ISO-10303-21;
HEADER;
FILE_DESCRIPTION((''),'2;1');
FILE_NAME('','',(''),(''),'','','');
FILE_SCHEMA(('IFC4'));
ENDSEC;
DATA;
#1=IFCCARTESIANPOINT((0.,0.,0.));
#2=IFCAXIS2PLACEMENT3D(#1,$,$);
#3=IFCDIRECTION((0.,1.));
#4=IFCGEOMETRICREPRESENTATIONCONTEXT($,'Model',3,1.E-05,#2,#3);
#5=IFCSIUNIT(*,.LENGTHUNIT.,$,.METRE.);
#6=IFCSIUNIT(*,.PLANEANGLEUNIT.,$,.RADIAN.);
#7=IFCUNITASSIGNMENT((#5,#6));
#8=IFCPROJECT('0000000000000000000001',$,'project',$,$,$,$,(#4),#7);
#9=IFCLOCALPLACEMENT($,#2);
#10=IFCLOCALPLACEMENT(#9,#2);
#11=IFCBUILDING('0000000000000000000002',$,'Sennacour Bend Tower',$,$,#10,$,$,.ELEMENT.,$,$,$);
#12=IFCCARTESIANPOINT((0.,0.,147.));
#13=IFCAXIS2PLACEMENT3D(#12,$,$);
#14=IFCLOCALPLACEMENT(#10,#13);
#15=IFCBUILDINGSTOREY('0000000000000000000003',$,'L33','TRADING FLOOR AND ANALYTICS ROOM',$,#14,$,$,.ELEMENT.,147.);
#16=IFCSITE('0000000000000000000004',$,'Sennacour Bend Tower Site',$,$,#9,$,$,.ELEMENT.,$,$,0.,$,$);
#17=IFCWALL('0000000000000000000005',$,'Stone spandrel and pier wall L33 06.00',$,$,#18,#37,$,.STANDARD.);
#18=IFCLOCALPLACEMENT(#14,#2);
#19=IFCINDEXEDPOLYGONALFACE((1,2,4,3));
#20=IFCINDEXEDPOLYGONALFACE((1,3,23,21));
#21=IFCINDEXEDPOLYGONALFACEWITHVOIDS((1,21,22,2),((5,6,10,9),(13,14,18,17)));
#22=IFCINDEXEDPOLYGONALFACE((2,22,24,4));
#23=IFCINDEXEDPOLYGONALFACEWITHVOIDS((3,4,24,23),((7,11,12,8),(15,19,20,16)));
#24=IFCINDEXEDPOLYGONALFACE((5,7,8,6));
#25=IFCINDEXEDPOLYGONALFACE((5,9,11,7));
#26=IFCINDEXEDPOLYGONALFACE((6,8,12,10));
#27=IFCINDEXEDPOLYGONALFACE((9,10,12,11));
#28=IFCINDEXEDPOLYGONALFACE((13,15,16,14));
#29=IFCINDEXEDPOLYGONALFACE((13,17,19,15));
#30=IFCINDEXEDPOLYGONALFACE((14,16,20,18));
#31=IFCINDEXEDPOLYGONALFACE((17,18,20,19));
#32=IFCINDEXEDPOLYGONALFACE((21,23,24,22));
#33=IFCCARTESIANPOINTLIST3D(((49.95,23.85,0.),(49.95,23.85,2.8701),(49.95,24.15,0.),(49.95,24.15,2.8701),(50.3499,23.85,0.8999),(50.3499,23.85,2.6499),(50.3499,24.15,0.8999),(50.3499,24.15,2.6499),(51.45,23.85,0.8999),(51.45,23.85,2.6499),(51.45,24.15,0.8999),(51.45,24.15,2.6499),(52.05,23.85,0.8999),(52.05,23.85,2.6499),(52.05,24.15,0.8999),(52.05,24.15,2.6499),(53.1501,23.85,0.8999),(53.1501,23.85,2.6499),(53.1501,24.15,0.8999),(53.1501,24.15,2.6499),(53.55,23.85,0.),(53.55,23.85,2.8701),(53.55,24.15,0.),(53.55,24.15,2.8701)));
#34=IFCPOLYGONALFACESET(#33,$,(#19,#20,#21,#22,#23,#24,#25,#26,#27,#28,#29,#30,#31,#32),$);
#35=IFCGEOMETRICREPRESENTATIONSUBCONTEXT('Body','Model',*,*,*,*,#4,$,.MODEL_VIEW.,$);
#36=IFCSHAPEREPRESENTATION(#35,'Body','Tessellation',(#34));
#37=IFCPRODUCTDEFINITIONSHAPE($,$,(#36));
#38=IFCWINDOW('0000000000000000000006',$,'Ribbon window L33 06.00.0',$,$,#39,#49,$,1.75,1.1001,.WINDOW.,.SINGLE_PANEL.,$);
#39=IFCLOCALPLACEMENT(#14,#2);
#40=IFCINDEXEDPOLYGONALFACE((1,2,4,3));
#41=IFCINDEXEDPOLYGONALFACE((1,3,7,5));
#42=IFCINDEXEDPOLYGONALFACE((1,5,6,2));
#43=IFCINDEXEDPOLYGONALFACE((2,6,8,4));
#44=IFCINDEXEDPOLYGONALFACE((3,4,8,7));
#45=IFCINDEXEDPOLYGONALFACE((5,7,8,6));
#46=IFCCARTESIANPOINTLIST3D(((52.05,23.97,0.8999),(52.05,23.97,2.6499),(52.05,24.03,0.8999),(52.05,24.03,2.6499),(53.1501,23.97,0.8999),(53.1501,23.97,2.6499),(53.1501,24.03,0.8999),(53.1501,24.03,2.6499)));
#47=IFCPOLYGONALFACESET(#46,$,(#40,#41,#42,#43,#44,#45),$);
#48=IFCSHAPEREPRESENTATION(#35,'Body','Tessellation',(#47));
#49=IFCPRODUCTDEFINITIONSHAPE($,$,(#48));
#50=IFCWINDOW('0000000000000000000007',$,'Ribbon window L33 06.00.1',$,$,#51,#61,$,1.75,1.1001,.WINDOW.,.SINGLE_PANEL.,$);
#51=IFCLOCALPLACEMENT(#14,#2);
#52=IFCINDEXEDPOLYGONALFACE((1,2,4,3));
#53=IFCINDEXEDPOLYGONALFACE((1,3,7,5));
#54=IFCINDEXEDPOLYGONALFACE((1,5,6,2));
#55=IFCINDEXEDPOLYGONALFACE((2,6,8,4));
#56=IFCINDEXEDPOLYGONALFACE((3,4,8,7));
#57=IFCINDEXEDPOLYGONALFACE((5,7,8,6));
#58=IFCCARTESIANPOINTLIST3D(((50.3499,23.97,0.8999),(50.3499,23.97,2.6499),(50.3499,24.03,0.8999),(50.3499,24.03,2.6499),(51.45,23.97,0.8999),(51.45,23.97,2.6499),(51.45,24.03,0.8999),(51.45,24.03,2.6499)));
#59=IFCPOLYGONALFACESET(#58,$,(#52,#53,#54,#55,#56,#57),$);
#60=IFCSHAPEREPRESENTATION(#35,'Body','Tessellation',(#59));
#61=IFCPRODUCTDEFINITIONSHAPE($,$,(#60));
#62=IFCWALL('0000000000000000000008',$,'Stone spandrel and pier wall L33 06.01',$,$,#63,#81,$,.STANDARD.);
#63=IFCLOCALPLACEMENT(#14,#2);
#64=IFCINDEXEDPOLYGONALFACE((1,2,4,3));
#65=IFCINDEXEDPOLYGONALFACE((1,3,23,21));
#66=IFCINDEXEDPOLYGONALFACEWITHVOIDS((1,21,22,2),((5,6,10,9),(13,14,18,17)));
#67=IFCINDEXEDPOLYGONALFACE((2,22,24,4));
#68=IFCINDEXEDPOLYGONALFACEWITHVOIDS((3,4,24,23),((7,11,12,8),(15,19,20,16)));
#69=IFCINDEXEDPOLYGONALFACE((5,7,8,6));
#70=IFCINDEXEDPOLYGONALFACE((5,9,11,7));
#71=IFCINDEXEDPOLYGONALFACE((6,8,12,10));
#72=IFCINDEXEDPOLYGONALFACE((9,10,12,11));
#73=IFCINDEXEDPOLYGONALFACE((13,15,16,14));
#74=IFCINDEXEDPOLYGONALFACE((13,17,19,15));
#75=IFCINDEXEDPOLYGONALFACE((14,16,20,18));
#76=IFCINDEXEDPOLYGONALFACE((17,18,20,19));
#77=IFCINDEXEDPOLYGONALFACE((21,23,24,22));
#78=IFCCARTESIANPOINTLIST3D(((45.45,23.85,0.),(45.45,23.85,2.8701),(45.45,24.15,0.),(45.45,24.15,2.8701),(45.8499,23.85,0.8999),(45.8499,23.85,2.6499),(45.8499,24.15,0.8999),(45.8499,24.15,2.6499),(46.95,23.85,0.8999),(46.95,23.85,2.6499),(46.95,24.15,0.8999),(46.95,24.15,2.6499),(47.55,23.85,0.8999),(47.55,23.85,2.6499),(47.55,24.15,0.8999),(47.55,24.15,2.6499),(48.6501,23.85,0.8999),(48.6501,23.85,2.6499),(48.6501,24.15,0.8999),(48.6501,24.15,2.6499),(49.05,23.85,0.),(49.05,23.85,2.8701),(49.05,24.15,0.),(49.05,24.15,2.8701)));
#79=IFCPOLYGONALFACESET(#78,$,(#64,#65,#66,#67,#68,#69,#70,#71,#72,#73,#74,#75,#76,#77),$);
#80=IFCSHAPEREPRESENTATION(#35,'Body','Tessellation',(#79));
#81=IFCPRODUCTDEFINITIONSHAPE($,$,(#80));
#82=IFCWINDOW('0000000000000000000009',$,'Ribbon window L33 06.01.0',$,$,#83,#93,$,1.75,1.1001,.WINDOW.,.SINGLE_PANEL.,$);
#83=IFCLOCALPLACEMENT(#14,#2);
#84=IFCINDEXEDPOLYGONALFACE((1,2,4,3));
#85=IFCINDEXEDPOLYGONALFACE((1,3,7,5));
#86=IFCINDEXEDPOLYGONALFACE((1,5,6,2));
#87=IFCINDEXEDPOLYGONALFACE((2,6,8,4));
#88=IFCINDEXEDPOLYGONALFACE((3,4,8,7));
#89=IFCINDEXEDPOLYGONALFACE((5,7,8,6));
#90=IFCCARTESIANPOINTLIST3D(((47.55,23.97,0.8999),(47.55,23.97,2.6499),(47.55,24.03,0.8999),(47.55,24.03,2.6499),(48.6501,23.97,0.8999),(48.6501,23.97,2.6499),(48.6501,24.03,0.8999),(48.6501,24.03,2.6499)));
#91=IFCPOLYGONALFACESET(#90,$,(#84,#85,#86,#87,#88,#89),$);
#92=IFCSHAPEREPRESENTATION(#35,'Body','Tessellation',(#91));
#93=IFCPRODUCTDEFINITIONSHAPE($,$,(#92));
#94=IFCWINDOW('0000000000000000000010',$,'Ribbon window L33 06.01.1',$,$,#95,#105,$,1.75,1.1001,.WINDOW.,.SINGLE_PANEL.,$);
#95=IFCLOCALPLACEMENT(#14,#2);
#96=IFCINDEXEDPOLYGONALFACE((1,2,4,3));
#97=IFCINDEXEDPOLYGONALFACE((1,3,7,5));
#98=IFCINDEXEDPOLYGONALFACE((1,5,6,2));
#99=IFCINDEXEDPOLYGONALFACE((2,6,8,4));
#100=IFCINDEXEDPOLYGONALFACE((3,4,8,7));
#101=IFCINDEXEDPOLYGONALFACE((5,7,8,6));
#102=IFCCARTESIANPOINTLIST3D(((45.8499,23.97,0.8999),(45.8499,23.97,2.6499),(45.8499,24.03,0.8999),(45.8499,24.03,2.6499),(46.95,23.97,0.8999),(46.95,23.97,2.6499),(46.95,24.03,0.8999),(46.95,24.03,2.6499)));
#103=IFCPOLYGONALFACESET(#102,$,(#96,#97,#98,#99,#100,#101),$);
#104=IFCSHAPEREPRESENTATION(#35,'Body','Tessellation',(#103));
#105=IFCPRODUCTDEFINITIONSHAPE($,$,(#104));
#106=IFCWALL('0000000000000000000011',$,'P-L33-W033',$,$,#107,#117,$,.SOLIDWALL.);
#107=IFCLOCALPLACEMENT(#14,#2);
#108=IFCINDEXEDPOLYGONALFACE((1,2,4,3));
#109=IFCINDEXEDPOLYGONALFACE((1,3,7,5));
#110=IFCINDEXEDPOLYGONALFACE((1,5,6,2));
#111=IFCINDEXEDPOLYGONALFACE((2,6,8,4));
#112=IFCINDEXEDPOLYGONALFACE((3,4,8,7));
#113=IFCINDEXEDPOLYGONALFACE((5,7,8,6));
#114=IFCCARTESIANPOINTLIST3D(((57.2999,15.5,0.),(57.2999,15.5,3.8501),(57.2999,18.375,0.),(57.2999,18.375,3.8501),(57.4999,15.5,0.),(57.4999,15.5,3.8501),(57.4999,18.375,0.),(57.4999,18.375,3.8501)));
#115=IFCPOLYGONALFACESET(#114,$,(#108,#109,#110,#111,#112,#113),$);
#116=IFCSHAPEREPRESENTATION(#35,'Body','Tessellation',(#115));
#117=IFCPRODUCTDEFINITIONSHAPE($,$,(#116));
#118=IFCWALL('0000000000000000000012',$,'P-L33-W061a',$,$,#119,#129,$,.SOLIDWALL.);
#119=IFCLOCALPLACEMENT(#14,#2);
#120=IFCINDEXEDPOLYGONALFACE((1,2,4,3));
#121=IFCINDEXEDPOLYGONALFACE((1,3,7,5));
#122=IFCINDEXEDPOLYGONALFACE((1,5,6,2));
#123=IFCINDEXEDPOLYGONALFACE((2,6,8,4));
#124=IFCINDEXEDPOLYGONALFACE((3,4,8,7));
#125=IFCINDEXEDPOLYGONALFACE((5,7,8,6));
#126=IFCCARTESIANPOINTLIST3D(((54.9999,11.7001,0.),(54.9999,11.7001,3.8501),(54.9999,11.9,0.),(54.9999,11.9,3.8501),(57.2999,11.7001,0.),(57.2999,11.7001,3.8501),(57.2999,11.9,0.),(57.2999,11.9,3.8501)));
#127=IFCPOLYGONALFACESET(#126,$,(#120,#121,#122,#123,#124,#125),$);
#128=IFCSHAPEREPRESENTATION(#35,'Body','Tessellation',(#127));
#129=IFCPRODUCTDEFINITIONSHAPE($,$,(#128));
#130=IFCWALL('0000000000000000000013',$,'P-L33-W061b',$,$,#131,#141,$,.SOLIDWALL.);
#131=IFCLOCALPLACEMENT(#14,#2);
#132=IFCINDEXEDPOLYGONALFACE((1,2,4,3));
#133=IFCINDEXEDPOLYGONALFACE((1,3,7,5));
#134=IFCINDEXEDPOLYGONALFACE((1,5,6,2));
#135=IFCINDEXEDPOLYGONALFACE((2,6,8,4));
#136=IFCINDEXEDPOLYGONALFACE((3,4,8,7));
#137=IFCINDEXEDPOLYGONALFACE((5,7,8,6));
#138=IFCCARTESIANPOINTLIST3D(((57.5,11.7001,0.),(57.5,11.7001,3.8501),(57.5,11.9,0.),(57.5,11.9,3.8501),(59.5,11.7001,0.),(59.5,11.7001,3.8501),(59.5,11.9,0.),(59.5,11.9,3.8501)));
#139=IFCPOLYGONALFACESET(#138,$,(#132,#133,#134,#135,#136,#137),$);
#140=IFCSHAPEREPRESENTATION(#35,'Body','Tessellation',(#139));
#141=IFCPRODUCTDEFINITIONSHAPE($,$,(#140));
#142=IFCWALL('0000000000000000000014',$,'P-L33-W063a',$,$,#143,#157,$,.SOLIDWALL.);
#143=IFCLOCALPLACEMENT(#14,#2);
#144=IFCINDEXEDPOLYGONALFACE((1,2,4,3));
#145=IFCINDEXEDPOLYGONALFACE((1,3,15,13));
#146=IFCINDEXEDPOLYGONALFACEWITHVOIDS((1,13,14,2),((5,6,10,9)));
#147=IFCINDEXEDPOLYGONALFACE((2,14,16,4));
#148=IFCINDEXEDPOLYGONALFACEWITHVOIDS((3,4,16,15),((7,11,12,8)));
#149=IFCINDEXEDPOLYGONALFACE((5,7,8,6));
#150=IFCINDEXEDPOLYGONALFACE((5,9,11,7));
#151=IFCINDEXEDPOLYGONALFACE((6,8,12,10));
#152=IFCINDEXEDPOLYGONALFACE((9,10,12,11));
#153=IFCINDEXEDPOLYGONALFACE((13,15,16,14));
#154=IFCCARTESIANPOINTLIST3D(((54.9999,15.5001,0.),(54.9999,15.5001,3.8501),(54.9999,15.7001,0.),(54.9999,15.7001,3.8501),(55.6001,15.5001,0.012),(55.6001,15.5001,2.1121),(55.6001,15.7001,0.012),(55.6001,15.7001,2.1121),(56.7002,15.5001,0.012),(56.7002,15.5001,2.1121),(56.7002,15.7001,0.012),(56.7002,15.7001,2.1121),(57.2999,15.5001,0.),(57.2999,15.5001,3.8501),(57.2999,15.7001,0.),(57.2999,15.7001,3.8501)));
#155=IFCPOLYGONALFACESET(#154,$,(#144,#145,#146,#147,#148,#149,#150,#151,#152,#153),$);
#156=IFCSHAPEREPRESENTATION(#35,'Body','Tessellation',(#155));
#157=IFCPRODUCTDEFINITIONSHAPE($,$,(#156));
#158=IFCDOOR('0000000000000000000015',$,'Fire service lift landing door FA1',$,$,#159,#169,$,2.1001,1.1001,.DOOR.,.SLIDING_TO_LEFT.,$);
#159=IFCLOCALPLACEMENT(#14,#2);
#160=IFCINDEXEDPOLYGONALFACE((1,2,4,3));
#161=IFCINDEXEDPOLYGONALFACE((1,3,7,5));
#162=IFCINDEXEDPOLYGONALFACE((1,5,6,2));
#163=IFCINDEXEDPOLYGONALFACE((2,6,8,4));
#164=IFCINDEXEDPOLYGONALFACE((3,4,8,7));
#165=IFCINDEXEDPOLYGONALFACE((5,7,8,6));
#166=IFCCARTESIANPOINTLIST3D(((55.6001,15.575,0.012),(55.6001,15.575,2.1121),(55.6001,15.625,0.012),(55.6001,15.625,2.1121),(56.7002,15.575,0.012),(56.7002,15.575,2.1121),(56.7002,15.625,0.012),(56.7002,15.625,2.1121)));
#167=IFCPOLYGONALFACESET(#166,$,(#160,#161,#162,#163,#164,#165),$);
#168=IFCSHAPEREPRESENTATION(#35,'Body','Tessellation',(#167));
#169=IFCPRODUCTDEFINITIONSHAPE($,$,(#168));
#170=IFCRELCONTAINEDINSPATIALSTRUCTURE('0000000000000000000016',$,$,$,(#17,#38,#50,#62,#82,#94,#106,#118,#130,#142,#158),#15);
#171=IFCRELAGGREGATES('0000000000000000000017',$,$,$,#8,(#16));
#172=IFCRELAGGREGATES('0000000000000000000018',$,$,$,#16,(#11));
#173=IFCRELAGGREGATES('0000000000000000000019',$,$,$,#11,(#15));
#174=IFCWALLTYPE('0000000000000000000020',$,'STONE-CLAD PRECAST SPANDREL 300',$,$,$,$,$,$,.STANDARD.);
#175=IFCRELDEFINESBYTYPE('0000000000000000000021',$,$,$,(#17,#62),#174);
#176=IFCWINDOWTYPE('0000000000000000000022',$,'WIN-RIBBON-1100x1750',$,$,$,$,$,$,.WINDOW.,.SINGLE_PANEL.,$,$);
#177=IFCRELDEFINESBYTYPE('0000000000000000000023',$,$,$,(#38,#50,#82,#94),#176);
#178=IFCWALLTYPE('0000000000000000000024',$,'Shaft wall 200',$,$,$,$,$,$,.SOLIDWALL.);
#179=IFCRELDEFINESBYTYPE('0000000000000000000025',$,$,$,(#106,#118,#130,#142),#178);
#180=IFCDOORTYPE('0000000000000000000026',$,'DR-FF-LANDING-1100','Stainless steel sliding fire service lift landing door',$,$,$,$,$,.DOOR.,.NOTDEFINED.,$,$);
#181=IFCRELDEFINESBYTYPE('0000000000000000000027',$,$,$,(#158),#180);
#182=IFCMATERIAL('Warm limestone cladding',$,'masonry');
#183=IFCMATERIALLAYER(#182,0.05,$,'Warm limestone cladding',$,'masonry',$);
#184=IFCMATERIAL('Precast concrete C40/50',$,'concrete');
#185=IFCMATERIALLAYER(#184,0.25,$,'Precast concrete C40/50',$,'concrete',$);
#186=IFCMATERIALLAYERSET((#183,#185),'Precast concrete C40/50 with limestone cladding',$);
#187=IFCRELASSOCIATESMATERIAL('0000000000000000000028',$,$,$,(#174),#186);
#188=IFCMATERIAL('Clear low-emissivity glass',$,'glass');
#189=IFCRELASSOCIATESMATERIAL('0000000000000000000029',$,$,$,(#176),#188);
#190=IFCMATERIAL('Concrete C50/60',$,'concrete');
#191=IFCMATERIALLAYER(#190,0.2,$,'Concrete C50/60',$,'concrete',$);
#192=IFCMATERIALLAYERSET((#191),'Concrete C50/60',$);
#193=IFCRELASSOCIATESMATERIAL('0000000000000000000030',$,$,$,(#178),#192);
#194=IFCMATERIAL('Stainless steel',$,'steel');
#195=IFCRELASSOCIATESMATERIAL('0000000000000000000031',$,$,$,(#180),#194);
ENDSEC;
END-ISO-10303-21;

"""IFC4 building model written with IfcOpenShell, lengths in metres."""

from ifc_helpers import new_model, si_unit, direction, frame, frame_2d, origin, place, context, subcontext, project, spatial, rectangle, extrude, material, layer, layer_set, type_object, element, fill, save


model = new_model("IFC4")

# Units and contexts
model_context = context("Model", 3, precision=1e-05, world=origin(), true_north=direction((0.0, 1.0)))
body_context = subcontext(model_context, "Body", "Model", "MODEL_VIEW")
ifc_project = project(units=[si_unit("LENGTHUNIT", "METRE"), si_unit("PLANEANGLEUNIT", "RADIAN")], contexts=[model_context])

# Site, building, storey
site_placement = place(None, origin())
site = spatial("IfcSite", under=ifc_project, at=site_placement, Name="Sennacour Bend Tower Site", CompositionType="ELEMENT", RefElevation=0.0)
building_placement = place(site_placement, origin())
building = spatial("IfcBuilding", under=site, at=building_placement, Name="Sennacour Bend Tower", CompositionType="ELEMENT")
storey_placement = place(building_placement, frame((0.0, 0.0, 147.0)))
storey = spatial("IfcBuildingStorey", under=building, at=storey_placement, Name="L33", Description="TRADING FLOOR AND ANALYTICS ROOM", CompositionType="ELEMENT", Elevation=147.0)

# Shared definitions
ifc_material_1 = material(Name="Warm limestone cladding", Category="masonry")
ifc_layer_1 = layer(ifc_material_1, 0.05, Name="Warm limestone cladding", Category="masonry")
ifc_material_2 = material(Name="Precast concrete C40/50", Category="concrete")
ifc_layer_2 = layer(ifc_material_2, 0.25, Name="Precast concrete C40/50", Category="concrete")
ifc_layer_set_1 = layer_set([ifc_layer_1, ifc_layer_2], Name="Precast concrete C40/50 with limestone cladding")
wall_type_1 = type_object("IfcWallType", Name="STONE-CLAD PRECAST SPANDREL 300", PredefinedType="STANDARD", material=ifc_layer_set_1)

# Walls, openings, windows
wall_1_placement = place(storey_placement, frame((53.55, 24.0, 0.0), z_axis=(0.0, 0.0, 1.0), x_axis=(-1.0, 0.0, 0.0)))
wall_1 = element("IfcWall", 1, at=wall_1_placement, inside=storey, type_object=wall_type_1, Name="Stone spandrel and pier wall L33 06.00", PredefinedType="STANDARD", context=body_context, shape_type="SweptSolid", body=[
    extrude(rectangle(XDim=3.6001, YDim=0.3, at=frame_2d((1.8, 0.0))), origin(), (0.0, 0.0, 1.0), 2.8701),
])
opening_1_placement = place(wall_1_placement, frame((0.3999, 0.0, 0.8999)))
opening_1 = element("IfcOpeningElement", 2, at=opening_1_placement, cuts=wall_1, PredefinedType="OPENING", context=body_context, shape_type="SweptSolid", body=[
    extrude(rectangle(XDim=1.1001, YDim=1.75, at=frame_2d((0.55, 0.875))), frame((0.0, 0.1602, 0.0), z_axis=(0.0, -1.0, 0.0), x_axis=(1.0, 0.0, 0.0)), (0.0, 0.0, 1.0), 0.3201),
])
opening_2_placement = place(wall_1_placement, frame((2.1001, 0.0, 0.8999)))
opening_2 = element("IfcOpeningElement", 3, at=opening_2_placement, cuts=wall_1, PredefinedType="OPENING", context=body_context, shape_type="SweptSolid", body=[
    extrude(rectangle(XDim=1.1001, YDim=1.75, at=frame_2d((0.55, 0.875))), frame((0.0, 0.1602, 0.0), z_axis=(0.0, -1.0, 0.0), x_axis=(1.0, 0.0, 0.0)), (0.0, 0.0, 1.0), 0.3201),
])
ifc_material_3 = material(Name="Clear low-emissivity glass", Category="glass")
window_type = type_object("IfcWindowType", Name="WIN-RIBBON-1100x1750", PartitioningType="SINGLE_PANEL", PredefinedType="WINDOW", material=ifc_material_3)
window_1_placement = place(opening_1_placement, origin())
window_1 = element("IfcWindow", 4, at=window_1_placement, inside=storey, type_object=window_type, Name="Ribbon window L33 06.00.0", OverallHeight=1.75, OverallWidth=1.1001, PartitioningType="SINGLE_PANEL", PredefinedType="WINDOW", context=body_context, shape_type="SweptSolid", body=[
    extrude(rectangle(XDim=1.1001, YDim=1.75, at=frame_2d((0.55, 0.875))), frame((0.0, 0.03, 0.0), z_axis=(0.0, -1.0, 0.0), x_axis=(1.0, 0.0, 0.0)), (0.0, 0.0, 1.0), 0.0601),
])
fill(opening_1, window_1)
window_2_placement = place(opening_2_placement, origin())
window_2 = element("IfcWindow", 5, at=window_2_placement, inside=storey, type_object=window_type, Name="Ribbon window L33 06.00.1", OverallHeight=1.75, OverallWidth=1.1001, PartitioningType="SINGLE_PANEL", PredefinedType="WINDOW", context=body_context, shape_type="SweptSolid", body=[
    extrude(rectangle(XDim=1.1001, YDim=1.75, at=frame_2d((0.55, 0.875))), frame((0.0, 0.03, 0.0), z_axis=(0.0, -1.0, 0.0), x_axis=(1.0, 0.0, 0.0)), (0.0, 0.0, 1.0), 0.0601),
])
fill(opening_2, window_2)
wall_2_placement = place(storey_placement, frame((49.05, 24.0, 0.0), z_axis=(0.0, 0.0, 1.0), x_axis=(-1.0, 0.0, 0.0)))
wall_2 = element("IfcWall", 6, at=wall_2_placement, inside=storey, type_object=wall_type_1, Name="Stone spandrel and pier wall L33 06.01", PredefinedType="STANDARD", context=body_context, shape_type="SweptSolid", body=[
    extrude(rectangle(XDim=3.6001, YDim=0.3, at=frame_2d((1.8, 0.0))), origin(), (0.0, 0.0, 1.0), 2.8701),
])
opening_3_placement = place(wall_2_placement, frame((0.3999, 0.0, 0.8999)))
opening_3 = element("IfcOpeningElement", 7, at=opening_3_placement, cuts=wall_2, PredefinedType="OPENING", context=body_context, shape_type="SweptSolid", body=[
    extrude(rectangle(XDim=1.1001, YDim=1.75, at=frame_2d((0.55, 0.875))), frame((0.0, 0.1602, 0.0), z_axis=(0.0, -1.0, 0.0), x_axis=(1.0, 0.0, 0.0)), (0.0, 0.0, 1.0), 0.3201),
])
opening_4_placement = place(wall_2_placement, frame((2.1001, 0.0, 0.8999)))
opening_4 = element("IfcOpeningElement", 8, at=opening_4_placement, cuts=wall_2, PredefinedType="OPENING", context=body_context, shape_type="SweptSolid", body=[
    extrude(rectangle(XDim=1.1001, YDim=1.75, at=frame_2d((0.55, 0.875))), frame((0.0, 0.1602, 0.0), z_axis=(0.0, -1.0, 0.0), x_axis=(1.0, 0.0, 0.0)), (0.0, 0.0, 1.0), 0.3201),
])
window_3_placement = place(opening_3_placement, origin())
window_3 = element("IfcWindow", 9, at=window_3_placement, inside=storey, type_object=window_type, Name="Ribbon window L33 06.01.0", OverallHeight=1.75, OverallWidth=1.1001, PartitioningType="SINGLE_PANEL", PredefinedType="WINDOW", context=body_context, shape_type="SweptSolid", body=[
    extrude(rectangle(XDim=1.1001, YDim=1.75, at=frame_2d((0.55, 0.875))), frame((0.0, 0.03, 0.0), z_axis=(0.0, -1.0, 0.0), x_axis=(1.0, 0.0, 0.0)), (0.0, 0.0, 1.0), 0.0601),
])
fill(opening_3, window_3)
window_4_placement = place(opening_4_placement, origin())
window_4 = element("IfcWindow", 10, at=window_4_placement, inside=storey, type_object=window_type, Name="Ribbon window L33 06.01.1", OverallHeight=1.75, OverallWidth=1.1001, PartitioningType="SINGLE_PANEL", PredefinedType="WINDOW", context=body_context, shape_type="SweptSolid", body=[
    extrude(rectangle(XDim=1.1001, YDim=1.75, at=frame_2d((0.55, 0.875))), frame((0.0, 0.03, 0.0), z_axis=(0.0, -1.0, 0.0), x_axis=(1.0, 0.0, 0.0)), (0.0, 0.0, 1.0), 0.0601),
])
fill(opening_4, window_4)

# Walls
ifc_material_4 = material(Name="Concrete C50/60", Category="concrete")
ifc_layer_3 = layer(ifc_material_4, 0.2, Name="Concrete C50/60", Category="concrete")
ifc_layer_set_2 = layer_set([ifc_layer_3], Name="Concrete C50/60")
wall_type_2 = type_object("IfcWallType", Name="Shaft wall 200", PredefinedType="SOLIDWALL", material=ifc_layer_set_2)
wall_3_placement = place(storey_placement, frame((57.3999, 15.5, 0.0), z_axis=(0.0, 0.0, 1.0), x_axis=(0.0, 1.0, 0.0)))
element("IfcWall", 11, at=wall_3_placement, inside=storey, type_object=wall_type_2, Name="P-L33-W033", PredefinedType="SOLIDWALL", context=body_context, shape_type="SweptSolid", body=[
    extrude(rectangle(XDim=2.875, YDim=0.2, at=frame_2d((1.4375, 0.0))), origin(), (0.0, 0.0, 1.0), 3.8501),
])
wall_4_placement = place(storey_placement, frame((55.0, 11.8, 0.0), z_axis=(0.0, 0.0, 1.0), x_axis=(1.0, 0.0, 0.0)))
element("IfcWall", 12, at=wall_4_placement, inside=storey, type_object=wall_type_2, Name="P-L33-W061a", PredefinedType="SOLIDWALL", context=body_context, shape_type="SweptSolid", body=[
    extrude(rectangle(XDim=2.3, YDim=0.2, at=frame_2d((1.1499, 0.0))), origin(), (0.0, 0.0, 1.0), 3.8501),
])
wall_5_placement = place(storey_placement, frame((57.5, 11.8, 0.0), z_axis=(0.0, 0.0, 1.0), x_axis=(1.0, 0.0, 0.0)))
element("IfcWall", 13, at=wall_5_placement, inside=storey, type_object=wall_type_2, Name="P-L33-W061b", PredefinedType="SOLIDWALL", context=body_context, shape_type="SweptSolid", body=[
    extrude(rectangle(XDim=2.0, YDim=0.2, at=frame_2d((1.0, 0.0))), origin(), (0.0, 0.0, 1.0), 3.8501),
])

# Wall, opening, door
wall_6_placement = place(storey_placement, frame((55.0, 15.6001, 0.0), z_axis=(0.0, 0.0, 1.0), x_axis=(1.0, 0.0, 0.0)))
wall_6 = element("IfcWall", 14, at=wall_6_placement, inside=storey, type_object=wall_type_2, Name="P-L33-W063a", PredefinedType="SOLIDWALL", context=body_context, shape_type="SweptSolid", body=[
    extrude(rectangle(XDim=2.3, YDim=0.2, at=frame_2d((1.1499, 0.0))), origin(), (0.0, 0.0, 1.0), 3.8501),
])
opening_5_placement = place(wall_6_placement, frame((0.6001, 0.0, 0.012)))
opening_5 = element("IfcOpeningElement", 15, at=opening_5_placement, cuts=wall_6, PredefinedType="OPENING", context=body_context, shape_type="SweptSolid", body=[
    extrude(rectangle(XDim=1.1001, YDim=2.1001, at=frame_2d((0.55, 1.05))), frame((0.0, 0.1099, 0.0), z_axis=(0.0, -1.0, 0.0), x_axis=(1.0, 0.0, 0.0)), (0.0, 0.0, 1.0), 0.22),
])
ifc_material_5 = material(Name="Stainless steel", Category="steel")
door_type = type_object("IfcDoorType", Name="DR-FF-LANDING-1100", Description="Stainless steel sliding fire service lift landing door", OperationType="NOTDEFINED", PredefinedType="DOOR", material=ifc_material_5)
door_placement = place(opening_5_placement, origin())
door = element("IfcDoor", 16, at=door_placement, inside=storey, type_object=door_type, Name="Fire service lift landing door FA1", OperationType="SLIDING_TO_LEFT", OverallHeight=2.1001, OverallWidth=1.1001, PredefinedType="DOOR", context=body_context, shape_type="SweptSolid", body=[
    extrude(rectangle(XDim=1.1001, YDim=2.1001, at=frame_2d((0.55, 1.05))), frame((0.0, 0.0249, 0.0), z_axis=(0.0, -1.0, 0.0), x_axis=(1.0, 0.0, 0.0)), (0.0, 0.0, 1.0), 0.05),
])
fill(opening_5, door)

save(model, "model.ifc")
